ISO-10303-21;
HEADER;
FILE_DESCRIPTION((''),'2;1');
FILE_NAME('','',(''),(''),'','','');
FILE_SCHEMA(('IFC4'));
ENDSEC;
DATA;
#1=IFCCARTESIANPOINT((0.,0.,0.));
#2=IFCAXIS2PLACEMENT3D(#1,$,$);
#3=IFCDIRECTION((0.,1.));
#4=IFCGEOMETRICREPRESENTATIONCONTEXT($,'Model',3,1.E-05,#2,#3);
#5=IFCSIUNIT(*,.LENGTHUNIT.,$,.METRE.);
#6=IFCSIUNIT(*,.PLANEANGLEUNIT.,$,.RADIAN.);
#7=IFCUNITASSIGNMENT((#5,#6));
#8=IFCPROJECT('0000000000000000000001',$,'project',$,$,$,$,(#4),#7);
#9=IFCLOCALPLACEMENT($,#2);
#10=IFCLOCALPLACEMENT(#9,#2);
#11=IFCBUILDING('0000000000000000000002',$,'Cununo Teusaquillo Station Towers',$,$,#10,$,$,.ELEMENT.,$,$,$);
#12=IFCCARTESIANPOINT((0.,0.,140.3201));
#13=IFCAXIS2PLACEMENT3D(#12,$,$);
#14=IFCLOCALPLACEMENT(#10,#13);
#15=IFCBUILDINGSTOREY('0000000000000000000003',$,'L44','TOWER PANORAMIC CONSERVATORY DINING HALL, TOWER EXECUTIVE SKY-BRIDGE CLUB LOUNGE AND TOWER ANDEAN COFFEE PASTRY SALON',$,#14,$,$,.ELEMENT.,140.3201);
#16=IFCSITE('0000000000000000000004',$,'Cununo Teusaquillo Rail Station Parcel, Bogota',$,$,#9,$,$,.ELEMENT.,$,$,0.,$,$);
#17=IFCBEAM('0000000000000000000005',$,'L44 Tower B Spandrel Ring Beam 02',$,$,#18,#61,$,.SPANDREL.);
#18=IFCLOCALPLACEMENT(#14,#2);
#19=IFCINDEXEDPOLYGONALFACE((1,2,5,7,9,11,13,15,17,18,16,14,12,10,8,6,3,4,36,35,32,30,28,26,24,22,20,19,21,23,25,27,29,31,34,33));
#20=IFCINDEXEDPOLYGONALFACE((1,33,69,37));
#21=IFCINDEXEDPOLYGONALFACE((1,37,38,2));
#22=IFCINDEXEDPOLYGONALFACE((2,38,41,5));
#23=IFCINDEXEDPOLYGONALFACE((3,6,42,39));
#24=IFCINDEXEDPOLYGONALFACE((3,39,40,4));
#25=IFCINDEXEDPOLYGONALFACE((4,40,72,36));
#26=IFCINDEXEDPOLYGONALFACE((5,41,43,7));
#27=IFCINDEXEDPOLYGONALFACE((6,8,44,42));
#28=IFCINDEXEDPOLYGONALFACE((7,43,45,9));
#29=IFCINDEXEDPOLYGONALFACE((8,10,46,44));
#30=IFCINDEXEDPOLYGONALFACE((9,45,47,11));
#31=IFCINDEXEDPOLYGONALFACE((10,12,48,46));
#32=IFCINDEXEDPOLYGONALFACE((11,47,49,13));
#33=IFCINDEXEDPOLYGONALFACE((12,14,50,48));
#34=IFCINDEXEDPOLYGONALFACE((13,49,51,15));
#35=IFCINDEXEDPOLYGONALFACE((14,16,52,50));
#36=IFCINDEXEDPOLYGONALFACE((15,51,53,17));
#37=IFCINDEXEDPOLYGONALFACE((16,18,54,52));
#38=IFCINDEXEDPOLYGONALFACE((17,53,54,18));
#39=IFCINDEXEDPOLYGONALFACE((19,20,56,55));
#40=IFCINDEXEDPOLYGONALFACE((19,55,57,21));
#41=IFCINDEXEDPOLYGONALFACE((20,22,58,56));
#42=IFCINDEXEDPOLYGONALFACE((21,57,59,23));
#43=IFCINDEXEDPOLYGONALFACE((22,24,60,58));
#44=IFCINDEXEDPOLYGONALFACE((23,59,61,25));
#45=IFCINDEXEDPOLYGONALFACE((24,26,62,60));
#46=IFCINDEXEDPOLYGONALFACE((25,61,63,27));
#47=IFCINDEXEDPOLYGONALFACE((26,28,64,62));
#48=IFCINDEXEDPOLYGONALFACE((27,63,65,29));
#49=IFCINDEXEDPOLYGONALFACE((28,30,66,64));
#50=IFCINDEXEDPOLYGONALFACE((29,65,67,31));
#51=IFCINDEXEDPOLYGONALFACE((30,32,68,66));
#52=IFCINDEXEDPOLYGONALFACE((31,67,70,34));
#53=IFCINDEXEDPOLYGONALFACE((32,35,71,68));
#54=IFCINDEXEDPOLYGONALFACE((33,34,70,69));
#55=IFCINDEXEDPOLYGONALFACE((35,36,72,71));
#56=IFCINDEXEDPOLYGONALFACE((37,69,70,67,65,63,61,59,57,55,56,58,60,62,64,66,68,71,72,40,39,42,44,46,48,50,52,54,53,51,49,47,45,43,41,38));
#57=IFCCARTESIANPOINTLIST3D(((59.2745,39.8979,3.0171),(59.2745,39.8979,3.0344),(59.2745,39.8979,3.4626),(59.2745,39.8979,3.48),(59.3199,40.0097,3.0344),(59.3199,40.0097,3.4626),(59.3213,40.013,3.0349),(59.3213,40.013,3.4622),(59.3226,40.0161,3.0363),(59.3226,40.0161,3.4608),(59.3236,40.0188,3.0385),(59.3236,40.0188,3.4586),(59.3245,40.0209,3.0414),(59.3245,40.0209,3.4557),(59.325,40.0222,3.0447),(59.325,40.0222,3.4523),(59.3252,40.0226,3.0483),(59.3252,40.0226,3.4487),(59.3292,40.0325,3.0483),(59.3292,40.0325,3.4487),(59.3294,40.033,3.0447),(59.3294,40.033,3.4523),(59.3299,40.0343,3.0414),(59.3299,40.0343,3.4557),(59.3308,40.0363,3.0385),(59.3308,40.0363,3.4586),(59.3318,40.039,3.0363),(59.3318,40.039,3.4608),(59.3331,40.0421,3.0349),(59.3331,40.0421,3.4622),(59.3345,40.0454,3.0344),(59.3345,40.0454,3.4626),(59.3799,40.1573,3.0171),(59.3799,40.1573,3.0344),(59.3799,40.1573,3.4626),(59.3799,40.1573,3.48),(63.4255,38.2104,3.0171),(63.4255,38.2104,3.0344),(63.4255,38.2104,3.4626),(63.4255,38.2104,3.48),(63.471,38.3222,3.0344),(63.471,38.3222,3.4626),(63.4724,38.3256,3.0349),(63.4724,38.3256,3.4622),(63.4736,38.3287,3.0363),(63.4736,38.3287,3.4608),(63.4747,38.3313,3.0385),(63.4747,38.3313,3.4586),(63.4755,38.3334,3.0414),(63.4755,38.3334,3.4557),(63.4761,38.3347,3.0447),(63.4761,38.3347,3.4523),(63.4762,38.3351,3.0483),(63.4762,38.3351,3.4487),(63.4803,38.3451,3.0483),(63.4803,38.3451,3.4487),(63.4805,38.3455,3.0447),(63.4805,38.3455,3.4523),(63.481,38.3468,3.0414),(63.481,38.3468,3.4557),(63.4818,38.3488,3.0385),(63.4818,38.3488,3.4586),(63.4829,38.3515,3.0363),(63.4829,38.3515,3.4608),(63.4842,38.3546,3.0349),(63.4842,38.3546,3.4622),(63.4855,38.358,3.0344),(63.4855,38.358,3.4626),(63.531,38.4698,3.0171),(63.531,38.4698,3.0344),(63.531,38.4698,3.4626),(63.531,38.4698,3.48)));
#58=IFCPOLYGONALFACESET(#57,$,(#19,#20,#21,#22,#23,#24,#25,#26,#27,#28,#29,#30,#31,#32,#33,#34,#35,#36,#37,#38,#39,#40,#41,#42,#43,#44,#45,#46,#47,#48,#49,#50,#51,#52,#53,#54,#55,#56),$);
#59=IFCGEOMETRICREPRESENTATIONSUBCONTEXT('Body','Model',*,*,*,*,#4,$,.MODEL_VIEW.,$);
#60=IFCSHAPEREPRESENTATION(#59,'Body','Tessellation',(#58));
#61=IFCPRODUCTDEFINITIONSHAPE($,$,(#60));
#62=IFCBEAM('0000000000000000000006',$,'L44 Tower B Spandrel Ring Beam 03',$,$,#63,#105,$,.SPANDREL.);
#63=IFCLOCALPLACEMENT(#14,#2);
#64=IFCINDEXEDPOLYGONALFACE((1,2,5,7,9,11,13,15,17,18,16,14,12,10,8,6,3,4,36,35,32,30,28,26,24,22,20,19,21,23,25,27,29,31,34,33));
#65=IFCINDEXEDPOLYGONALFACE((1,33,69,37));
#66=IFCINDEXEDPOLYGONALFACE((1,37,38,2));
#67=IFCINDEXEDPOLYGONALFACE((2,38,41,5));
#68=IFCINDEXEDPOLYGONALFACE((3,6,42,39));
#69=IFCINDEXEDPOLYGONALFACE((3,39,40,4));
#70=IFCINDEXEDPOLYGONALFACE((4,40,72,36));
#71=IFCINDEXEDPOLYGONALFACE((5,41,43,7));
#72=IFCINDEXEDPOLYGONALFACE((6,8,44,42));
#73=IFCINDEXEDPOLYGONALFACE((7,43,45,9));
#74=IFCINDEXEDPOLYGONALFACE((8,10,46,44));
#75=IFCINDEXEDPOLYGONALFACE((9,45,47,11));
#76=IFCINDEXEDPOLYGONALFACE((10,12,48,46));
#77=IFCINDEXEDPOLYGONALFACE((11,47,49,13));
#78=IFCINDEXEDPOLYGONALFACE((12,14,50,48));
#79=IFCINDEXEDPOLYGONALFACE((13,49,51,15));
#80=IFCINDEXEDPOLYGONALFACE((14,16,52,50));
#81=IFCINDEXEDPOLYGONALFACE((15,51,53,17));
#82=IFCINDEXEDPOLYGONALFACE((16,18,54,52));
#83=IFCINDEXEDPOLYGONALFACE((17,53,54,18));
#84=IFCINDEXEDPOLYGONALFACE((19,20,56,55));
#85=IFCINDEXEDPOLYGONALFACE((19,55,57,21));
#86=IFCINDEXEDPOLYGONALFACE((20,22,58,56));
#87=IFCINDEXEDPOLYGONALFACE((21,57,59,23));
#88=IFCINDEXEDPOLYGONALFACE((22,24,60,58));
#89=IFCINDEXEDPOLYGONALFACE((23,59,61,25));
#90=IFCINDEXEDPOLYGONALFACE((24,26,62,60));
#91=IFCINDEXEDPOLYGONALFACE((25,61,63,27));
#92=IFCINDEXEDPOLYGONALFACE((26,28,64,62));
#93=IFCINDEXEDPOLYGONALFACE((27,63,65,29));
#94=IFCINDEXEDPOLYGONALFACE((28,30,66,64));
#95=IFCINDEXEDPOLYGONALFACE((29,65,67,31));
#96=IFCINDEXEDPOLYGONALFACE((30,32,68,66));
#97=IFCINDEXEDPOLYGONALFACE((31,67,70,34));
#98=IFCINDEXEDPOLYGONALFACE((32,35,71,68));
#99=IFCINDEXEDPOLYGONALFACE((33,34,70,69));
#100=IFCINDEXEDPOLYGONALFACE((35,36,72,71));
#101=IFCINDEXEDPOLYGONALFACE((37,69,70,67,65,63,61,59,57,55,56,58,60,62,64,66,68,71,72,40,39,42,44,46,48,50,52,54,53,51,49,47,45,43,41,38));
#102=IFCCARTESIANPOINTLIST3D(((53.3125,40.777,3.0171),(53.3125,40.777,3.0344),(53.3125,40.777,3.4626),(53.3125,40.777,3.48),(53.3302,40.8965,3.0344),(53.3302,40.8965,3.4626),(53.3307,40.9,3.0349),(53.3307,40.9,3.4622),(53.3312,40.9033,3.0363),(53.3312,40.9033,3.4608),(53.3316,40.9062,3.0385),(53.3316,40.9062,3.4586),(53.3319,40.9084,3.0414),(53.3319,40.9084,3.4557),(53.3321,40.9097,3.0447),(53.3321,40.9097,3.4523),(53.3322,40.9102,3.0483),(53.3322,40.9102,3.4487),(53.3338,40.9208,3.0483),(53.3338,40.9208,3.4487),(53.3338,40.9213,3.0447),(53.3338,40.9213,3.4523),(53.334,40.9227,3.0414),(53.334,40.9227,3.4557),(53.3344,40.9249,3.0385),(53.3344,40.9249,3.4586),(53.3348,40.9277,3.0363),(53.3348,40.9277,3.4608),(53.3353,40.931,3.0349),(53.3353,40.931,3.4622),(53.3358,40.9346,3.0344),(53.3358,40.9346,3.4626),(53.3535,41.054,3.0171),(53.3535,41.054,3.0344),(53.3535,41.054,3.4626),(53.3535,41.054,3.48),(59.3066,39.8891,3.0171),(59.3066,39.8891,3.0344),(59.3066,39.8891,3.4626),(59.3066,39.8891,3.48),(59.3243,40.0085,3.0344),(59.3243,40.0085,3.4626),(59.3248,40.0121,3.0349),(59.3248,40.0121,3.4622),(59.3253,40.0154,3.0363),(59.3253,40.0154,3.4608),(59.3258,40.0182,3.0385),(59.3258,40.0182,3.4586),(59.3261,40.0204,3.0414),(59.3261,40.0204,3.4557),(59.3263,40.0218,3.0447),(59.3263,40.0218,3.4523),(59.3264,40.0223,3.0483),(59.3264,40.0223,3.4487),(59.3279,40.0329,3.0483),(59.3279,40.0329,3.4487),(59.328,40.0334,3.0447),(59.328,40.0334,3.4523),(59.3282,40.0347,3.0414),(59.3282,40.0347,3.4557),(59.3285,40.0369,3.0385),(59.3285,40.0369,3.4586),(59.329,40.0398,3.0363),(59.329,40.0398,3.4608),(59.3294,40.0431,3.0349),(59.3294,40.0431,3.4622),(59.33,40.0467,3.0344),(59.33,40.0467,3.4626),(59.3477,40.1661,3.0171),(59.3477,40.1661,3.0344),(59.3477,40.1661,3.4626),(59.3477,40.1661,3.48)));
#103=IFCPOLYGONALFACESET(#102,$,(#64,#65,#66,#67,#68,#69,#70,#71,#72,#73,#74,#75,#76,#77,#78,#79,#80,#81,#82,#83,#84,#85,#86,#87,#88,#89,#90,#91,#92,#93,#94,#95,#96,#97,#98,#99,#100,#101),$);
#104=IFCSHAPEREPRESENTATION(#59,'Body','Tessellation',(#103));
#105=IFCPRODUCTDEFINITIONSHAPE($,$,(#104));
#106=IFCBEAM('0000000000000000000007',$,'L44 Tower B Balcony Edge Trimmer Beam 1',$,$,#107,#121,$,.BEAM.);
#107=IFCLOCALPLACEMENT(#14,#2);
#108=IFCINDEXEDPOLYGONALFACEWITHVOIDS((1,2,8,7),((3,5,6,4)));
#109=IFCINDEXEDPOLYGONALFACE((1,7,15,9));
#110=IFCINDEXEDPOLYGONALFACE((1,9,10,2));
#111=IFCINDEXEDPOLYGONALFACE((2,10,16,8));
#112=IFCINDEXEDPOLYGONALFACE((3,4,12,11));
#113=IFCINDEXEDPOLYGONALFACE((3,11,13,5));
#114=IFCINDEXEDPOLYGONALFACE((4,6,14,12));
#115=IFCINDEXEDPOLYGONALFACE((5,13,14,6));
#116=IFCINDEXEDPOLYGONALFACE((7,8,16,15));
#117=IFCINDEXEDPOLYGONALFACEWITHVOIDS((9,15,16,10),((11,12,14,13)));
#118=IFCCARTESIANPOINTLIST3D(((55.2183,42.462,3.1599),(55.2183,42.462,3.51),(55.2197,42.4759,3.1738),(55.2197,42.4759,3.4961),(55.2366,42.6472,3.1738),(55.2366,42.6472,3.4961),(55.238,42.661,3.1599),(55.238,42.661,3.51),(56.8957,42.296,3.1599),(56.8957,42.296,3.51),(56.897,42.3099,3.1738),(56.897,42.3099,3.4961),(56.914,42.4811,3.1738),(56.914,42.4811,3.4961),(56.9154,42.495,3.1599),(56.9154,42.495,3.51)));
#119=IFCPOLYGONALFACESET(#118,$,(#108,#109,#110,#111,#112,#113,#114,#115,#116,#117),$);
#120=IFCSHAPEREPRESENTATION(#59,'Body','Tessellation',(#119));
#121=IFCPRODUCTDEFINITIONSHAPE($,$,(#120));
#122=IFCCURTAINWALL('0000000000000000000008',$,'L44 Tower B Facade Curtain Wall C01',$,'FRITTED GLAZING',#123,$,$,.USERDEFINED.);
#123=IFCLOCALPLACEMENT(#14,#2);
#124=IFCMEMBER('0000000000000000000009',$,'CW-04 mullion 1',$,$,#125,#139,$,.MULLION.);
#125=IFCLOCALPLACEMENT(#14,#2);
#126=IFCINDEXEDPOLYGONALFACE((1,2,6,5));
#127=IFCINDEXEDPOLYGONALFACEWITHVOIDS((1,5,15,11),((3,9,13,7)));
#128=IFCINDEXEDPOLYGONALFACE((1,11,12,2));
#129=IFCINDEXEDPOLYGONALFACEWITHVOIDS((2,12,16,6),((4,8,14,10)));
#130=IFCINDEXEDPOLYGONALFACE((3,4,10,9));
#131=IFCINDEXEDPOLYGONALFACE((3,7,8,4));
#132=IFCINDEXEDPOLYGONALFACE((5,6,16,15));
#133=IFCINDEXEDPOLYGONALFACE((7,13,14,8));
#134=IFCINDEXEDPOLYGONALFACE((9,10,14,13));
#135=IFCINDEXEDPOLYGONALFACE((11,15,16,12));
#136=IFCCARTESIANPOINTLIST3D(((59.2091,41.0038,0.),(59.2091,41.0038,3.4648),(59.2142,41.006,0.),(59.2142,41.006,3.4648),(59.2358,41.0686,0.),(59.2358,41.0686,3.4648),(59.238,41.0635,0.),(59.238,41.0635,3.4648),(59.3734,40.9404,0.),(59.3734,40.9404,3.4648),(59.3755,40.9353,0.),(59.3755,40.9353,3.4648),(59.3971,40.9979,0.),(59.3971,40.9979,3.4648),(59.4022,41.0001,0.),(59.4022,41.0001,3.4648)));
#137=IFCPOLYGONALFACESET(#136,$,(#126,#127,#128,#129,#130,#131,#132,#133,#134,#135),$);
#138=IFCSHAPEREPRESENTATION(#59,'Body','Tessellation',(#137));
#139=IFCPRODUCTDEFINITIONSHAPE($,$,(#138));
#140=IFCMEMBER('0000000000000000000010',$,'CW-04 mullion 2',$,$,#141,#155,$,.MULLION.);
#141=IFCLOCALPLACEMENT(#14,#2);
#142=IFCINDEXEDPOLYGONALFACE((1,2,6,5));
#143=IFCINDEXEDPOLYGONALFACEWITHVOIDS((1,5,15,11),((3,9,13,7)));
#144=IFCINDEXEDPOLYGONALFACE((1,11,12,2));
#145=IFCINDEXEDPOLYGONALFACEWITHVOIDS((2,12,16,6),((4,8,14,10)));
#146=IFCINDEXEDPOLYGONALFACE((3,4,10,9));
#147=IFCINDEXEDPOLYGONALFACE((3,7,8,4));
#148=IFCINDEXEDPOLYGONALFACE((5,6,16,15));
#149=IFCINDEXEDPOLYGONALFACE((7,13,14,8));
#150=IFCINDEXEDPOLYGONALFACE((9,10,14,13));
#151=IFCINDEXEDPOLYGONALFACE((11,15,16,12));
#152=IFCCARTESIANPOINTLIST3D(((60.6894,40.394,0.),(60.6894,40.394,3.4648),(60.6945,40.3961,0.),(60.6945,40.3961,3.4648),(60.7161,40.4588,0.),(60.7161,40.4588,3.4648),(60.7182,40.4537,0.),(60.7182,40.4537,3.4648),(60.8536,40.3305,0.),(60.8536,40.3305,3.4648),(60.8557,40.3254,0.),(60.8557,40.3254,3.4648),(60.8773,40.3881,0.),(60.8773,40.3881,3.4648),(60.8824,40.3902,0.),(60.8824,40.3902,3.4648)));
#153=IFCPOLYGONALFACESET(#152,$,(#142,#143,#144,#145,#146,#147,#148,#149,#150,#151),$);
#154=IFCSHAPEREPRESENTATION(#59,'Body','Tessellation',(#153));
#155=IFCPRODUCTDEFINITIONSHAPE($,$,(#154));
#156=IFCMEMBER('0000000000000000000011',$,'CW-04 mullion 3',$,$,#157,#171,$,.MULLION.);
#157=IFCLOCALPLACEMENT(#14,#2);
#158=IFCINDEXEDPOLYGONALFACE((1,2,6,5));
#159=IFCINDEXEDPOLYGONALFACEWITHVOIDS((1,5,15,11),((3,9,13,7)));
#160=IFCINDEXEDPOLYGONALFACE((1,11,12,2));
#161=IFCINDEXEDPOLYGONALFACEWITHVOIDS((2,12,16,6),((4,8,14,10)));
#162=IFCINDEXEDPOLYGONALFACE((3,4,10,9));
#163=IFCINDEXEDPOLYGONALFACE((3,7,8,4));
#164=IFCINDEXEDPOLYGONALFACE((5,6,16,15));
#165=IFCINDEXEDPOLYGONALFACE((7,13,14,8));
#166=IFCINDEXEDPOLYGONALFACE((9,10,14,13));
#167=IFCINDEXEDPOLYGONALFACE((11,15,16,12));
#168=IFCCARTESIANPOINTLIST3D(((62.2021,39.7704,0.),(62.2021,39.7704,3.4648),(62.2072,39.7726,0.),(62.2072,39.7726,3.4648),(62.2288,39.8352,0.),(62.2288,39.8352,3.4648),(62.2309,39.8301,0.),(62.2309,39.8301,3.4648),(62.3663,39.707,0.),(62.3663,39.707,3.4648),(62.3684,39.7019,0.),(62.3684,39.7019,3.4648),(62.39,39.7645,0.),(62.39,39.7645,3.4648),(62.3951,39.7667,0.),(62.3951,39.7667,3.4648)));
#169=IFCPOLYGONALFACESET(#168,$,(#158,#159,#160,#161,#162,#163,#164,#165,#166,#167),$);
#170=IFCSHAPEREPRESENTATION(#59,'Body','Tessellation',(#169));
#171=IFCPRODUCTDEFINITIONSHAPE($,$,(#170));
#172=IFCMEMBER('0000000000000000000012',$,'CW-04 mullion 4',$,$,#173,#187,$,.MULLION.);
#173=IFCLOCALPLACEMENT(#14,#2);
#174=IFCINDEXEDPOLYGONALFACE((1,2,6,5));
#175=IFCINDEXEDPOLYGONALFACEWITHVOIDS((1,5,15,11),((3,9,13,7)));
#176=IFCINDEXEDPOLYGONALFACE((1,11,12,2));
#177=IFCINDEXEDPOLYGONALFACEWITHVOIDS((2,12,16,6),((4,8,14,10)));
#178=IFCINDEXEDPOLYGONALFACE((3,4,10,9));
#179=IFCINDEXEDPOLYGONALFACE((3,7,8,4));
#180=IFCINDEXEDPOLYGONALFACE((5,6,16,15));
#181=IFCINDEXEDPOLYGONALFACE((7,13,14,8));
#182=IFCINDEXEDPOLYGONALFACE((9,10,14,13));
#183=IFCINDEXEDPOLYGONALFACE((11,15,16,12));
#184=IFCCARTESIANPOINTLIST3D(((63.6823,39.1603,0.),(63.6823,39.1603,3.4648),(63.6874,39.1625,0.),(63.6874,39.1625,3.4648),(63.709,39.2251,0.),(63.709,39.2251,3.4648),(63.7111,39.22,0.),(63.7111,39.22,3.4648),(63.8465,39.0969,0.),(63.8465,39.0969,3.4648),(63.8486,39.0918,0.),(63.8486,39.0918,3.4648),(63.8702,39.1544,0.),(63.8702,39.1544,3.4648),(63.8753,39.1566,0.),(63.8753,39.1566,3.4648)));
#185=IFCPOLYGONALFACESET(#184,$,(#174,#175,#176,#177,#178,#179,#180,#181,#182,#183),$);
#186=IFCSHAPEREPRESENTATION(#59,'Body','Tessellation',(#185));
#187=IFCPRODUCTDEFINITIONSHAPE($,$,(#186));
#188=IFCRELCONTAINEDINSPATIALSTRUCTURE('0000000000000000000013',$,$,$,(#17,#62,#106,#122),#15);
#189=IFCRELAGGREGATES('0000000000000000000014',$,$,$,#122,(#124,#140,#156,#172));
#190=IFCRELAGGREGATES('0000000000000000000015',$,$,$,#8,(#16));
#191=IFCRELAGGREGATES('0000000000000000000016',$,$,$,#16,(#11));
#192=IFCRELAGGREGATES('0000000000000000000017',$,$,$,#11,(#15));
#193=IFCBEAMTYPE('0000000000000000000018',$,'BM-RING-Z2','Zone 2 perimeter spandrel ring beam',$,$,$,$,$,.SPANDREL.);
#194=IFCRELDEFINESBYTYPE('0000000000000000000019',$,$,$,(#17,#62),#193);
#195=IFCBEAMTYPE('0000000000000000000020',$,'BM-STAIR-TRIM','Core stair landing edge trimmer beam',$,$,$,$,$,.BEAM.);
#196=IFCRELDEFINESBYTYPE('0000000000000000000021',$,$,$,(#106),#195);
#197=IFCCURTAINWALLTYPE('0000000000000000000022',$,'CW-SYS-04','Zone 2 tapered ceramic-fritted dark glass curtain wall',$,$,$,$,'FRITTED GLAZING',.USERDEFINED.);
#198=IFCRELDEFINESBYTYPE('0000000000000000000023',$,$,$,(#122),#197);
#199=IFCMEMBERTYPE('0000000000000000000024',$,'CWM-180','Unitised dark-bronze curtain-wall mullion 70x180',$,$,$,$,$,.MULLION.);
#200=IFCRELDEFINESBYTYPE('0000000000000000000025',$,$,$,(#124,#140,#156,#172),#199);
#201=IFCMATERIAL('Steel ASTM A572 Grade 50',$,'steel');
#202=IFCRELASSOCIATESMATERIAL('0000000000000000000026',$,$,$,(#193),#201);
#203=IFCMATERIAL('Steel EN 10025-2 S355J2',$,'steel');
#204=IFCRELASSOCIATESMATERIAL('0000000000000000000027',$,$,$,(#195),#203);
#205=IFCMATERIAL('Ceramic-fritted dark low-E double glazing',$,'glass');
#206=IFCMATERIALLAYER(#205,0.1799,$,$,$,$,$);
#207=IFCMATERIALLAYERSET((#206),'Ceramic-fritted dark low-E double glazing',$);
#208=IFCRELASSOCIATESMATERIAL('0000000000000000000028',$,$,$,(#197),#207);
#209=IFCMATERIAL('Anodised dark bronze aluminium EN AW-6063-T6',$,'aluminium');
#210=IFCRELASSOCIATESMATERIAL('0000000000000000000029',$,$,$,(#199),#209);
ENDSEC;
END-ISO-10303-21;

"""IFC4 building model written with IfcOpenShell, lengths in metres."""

from ifc_helpers import new_model, si_unit, direction, frame, origin, origin_2d, place, context, subcontext, project, spatial, hollow_rectangle, i_section, extrude, material, layer, layer_set, material_profile, profile_set, type_object, element, aggregate, save


model = new_model("IFC4")

# Units and contexts
model_context = context("Model", 3, precision=1e-05, world=origin(), true_north=direction((0.0, 1.0)))
body_context = subcontext(model_context, "Body", "Model", "MODEL_VIEW")
ifc_project = project(units=[si_unit("LENGTHUNIT", "METRE"), si_unit("PLANEANGLEUNIT", "RADIAN")], contexts=[model_context])

# Site, building, storey
site_placement = place(None, origin())
site = spatial("IfcSite", under=ifc_project, at=site_placement, Name="Cununo Teusaquillo Rail Station Parcel, Bogota", CompositionType="ELEMENT", RefElevation=0.0)
building_placement = place(site_placement, origin())
building = spatial("IfcBuilding", under=site, at=building_placement, Name="Cununo Teusaquillo Station Towers", CompositionType="ELEMENT")
storey_placement = place(building_placement, frame((0.0, 0.0, 140.3201)))
storey = spatial("IfcBuildingStorey", under=building, at=storey_placement, Name="L44", Description="TOWER PANORAMIC CONSERVATORY DINING HALL, TOWER EXECUTIVE SKY-BRIDGE CLUB LOUNGE AND TOWER ANDEAN COFFEE PASTRY SALON", CompositionType="ELEMENT", Elevation=140.3201)

# Beams
ifc_material_1 = material(Name="Steel ASTM A572 Grade 50", Category="steel")
ifc_material_profile_1 = material_profile(ifc_material_1, i_section(OverallWidth=0.28, OverallDepth=0.4629, WebThickness=0.0107, FlangeThickness=0.0173, FilletRadius=0.0139, at=origin_2d()), Name="W18X76")
ifc_profile_set_1 = profile_set([ifc_material_profile_1], Name="Steel ASTM A572 Grade 50")
beam_type_1 = type_object("IfcBeamType", Name="BM-RING-Z2", Description="Zone 2 perimeter spandrel ring beam", PredefinedType="SPANDREL", material=ifc_profile_set_1)
beam_1_placement = place(storey_placement, frame((63.4783, 38.3401, 3.2485), z_axis=(-0.92638, 0.376589, 0.0), x_axis=(-0.376589, -0.92638, 0.0)))
element("IfcBeam", 1, at=beam_1_placement, inside=storey, type_object=beam_type_1, Name="L44 Tower B Spandrel Ring Beam 02", PredefinedType="SPANDREL", context=body_context, shape_type="SweptSolid", body=[
    extrude(i_section(OverallWidth=0.28, OverallDepth=0.4629, WebThickness=0.0107, FlangeThickness=0.0173, FilletRadius=0.0139, at=origin_2d()), origin(), (0.0, 0.0, 1.0), 4.481),
])
beam_2_placement = place(storey_placement, frame((59.3271, 40.0276, 3.2485), z_axis=(-0.989205, 0.146536, 0.0), x_axis=(-0.146536, -0.989205, 0.0)))
element("IfcBeam", 2, at=beam_2_placement, inside=storey, type_object=beam_type_1, Name="L44 Tower B Spandrel Ring Beam 03", PredefinedType="SPANDREL", context=body_context, shape_type="SweptSolid", body=[
    extrude(i_section(OverallWidth=0.28, OverallDepth=0.4629, WebThickness=0.0107, FlangeThickness=0.0173, FilletRadius=0.0139, at=origin_2d()), origin(), (0.0, 0.0, 1.0), 6.0596),
])
ifc_material_2 = material(Name="Steel EN 10025-2 S355J2", Category="steel")
ifc_material_profile_2 = material_profile(ifc_material_2, hollow_rectangle(XDim=0.2, YDim=0.3501, WallThickness=0.0139, at=origin_2d()), Name="RHS 350x200x14")
ifc_profile_set_2 = profile_set([ifc_material_profile_2], Name="Steel EN 10025-2 S355J2")
beam_type_2 = type_object("IfcBeamType", Name="BM-STAIR-TRIM", Description="Core stair landing edge trimmer beam", PredefinedType="BEAM", material=ifc_profile_set_2)
beam_3_placement = place(storey_placement, frame((56.9055, 42.3955, 3.335), z_axis=(-0.995137, 0.0985, 0.0), x_axis=(-0.0985, -0.995137, 0.0)))
element("IfcBeam", 3, at=beam_3_placement, inside=storey, type_object=beam_type_2, Name="L44 Tower B Balcony Edge Trimmer Beam 1", PredefinedType="BEAM", context=body_context, shape_type="SweptSolid", body=[
    extrude(hollow_rectangle(XDim=0.2, YDim=0.3501, WallThickness=0.0139, at=origin_2d()), origin(), (0.0, 0.0, 1.0), 1.6855),
])

# Curtain wall, members
ifc_material_3 = material(Name="Ceramic-fritted dark low-E double glazing", Category="glass")
ifc_layer_1 = layer(ifc_material_3, 0.1799)
ifc_layer_set_1 = layer_set([ifc_layer_1], Name="Ceramic-fritted dark low-E double glazing")
curtain_wall_type = type_object("IfcCurtainWallType", Name="CW-SYS-04", Description="Zone 2 tapered ceramic-fritted dark glass curtain wall", ElementType="FRITTED GLAZING", PredefinedType="USERDEFINED", material=ifc_layer_set_1)
curtain_wall_placement = place(storey_placement, origin())
curtain_wall = element("IfcCurtainWall", 4, at=curtain_wall_placement, inside=storey, type_object=curtain_wall_type, Name="L44 Tower B Facade Curtain Wall C01", ObjectType="FRITTED GLAZING", PredefinedType="USERDEFINED")
ifc_material_4 = material(Name="Anodised dark bronze aluminium EN AW-6063-T6", Category="aluminium")
ifc_material_profile_3 = material_profile(ifc_material_4, hollow_rectangle(XDim=0.0701, YDim=0.1799, WallThickness=0.0039, at=origin_2d()), Name="CW-MULL-70x180")
ifc_profile_set_3 = profile_set([ifc_material_profile_3], Name="Anodised dark bronze aluminium EN AW-6063-T6")
member_type_1 = type_object("IfcMemberType", Name="CWM-180", Description="Unitised dark-bronze curtain-wall mullion 70x180", PredefinedType="MULLION", material=ifc_profile_set_3)
member_1_placement = place(storey_placement, frame((59.3057, 41.002, 0.0), z_axis=(0.0, 0.0, 1.0), x_axis=(0.381031, 0.924562, 0.0)))
member_1 = element("IfcMember", 5, at=member_1_placement, type_object=member_type_1, Name="CW-04 mullion 1", PredefinedType="MULLION", context=body_context, shape_type="SweptSolid", body=[
    extrude(hollow_rectangle(XDim=0.0701, YDim=0.1799, WallThickness=0.0039, at=origin_2d()), origin(), (0.0, 0.0, 1.0), 3.4648),
])
member_2_placement = place(storey_placement, frame((60.7859, 40.3921, 0.0), z_axis=(0.0, 0.0, 1.0), x_axis=(0.381031, 0.924562, 0.0)))
member_2 = element("IfcMember", 6, at=member_2_placement, type_object=member_type_1, Name="CW-04 mullion 2", PredefinedType="MULLION", context=body_context, shape_type="SweptSolid", body=[
    extrude(hollow_rectangle(XDim=0.0701, YDim=0.1799, WallThickness=0.0039, at=origin_2d()), origin(), (0.0, 0.0, 1.0), 3.4648),
])
member_3_placement = place(storey_placement, frame((62.2986, 39.7686, 0.0), z_axis=(0.0, 0.0, 1.0), x_axis=(0.381031, 0.924562, 0.0)))
member_3 = element("IfcMember", 7, at=member_3_placement, type_object=member_type_1, Name="CW-04 mullion 3", PredefinedType="MULLION", context=body_context, shape_type="SweptSolid", body=[
    extrude(hollow_rectangle(XDim=0.0701, YDim=0.1799, WallThickness=0.0039, at=origin_2d()), origin(), (0.0, 0.0, 1.0), 3.4648),
])
member_4_placement = place(storey_placement, frame((63.7788, 39.1584, 0.0), z_axis=(0.0, 0.0, 1.0), x_axis=(0.381031, 0.924562, 0.0)))
member_4 = element("IfcMember", 8, at=member_4_placement, type_object=member_type_1, Name="CW-04 mullion 4", PredefinedType="MULLION", context=body_context, shape_type="SweptSolid", body=[
    extrude(hollow_rectangle(XDim=0.0701, YDim=0.1799, WallThickness=0.0039, at=origin_2d()), origin(), (0.0, 0.0, 1.0), 3.4648),
])

aggregate(curtain_wall, [member_1, member_2, member_3, member_4])

save(model, "model.ifc")
